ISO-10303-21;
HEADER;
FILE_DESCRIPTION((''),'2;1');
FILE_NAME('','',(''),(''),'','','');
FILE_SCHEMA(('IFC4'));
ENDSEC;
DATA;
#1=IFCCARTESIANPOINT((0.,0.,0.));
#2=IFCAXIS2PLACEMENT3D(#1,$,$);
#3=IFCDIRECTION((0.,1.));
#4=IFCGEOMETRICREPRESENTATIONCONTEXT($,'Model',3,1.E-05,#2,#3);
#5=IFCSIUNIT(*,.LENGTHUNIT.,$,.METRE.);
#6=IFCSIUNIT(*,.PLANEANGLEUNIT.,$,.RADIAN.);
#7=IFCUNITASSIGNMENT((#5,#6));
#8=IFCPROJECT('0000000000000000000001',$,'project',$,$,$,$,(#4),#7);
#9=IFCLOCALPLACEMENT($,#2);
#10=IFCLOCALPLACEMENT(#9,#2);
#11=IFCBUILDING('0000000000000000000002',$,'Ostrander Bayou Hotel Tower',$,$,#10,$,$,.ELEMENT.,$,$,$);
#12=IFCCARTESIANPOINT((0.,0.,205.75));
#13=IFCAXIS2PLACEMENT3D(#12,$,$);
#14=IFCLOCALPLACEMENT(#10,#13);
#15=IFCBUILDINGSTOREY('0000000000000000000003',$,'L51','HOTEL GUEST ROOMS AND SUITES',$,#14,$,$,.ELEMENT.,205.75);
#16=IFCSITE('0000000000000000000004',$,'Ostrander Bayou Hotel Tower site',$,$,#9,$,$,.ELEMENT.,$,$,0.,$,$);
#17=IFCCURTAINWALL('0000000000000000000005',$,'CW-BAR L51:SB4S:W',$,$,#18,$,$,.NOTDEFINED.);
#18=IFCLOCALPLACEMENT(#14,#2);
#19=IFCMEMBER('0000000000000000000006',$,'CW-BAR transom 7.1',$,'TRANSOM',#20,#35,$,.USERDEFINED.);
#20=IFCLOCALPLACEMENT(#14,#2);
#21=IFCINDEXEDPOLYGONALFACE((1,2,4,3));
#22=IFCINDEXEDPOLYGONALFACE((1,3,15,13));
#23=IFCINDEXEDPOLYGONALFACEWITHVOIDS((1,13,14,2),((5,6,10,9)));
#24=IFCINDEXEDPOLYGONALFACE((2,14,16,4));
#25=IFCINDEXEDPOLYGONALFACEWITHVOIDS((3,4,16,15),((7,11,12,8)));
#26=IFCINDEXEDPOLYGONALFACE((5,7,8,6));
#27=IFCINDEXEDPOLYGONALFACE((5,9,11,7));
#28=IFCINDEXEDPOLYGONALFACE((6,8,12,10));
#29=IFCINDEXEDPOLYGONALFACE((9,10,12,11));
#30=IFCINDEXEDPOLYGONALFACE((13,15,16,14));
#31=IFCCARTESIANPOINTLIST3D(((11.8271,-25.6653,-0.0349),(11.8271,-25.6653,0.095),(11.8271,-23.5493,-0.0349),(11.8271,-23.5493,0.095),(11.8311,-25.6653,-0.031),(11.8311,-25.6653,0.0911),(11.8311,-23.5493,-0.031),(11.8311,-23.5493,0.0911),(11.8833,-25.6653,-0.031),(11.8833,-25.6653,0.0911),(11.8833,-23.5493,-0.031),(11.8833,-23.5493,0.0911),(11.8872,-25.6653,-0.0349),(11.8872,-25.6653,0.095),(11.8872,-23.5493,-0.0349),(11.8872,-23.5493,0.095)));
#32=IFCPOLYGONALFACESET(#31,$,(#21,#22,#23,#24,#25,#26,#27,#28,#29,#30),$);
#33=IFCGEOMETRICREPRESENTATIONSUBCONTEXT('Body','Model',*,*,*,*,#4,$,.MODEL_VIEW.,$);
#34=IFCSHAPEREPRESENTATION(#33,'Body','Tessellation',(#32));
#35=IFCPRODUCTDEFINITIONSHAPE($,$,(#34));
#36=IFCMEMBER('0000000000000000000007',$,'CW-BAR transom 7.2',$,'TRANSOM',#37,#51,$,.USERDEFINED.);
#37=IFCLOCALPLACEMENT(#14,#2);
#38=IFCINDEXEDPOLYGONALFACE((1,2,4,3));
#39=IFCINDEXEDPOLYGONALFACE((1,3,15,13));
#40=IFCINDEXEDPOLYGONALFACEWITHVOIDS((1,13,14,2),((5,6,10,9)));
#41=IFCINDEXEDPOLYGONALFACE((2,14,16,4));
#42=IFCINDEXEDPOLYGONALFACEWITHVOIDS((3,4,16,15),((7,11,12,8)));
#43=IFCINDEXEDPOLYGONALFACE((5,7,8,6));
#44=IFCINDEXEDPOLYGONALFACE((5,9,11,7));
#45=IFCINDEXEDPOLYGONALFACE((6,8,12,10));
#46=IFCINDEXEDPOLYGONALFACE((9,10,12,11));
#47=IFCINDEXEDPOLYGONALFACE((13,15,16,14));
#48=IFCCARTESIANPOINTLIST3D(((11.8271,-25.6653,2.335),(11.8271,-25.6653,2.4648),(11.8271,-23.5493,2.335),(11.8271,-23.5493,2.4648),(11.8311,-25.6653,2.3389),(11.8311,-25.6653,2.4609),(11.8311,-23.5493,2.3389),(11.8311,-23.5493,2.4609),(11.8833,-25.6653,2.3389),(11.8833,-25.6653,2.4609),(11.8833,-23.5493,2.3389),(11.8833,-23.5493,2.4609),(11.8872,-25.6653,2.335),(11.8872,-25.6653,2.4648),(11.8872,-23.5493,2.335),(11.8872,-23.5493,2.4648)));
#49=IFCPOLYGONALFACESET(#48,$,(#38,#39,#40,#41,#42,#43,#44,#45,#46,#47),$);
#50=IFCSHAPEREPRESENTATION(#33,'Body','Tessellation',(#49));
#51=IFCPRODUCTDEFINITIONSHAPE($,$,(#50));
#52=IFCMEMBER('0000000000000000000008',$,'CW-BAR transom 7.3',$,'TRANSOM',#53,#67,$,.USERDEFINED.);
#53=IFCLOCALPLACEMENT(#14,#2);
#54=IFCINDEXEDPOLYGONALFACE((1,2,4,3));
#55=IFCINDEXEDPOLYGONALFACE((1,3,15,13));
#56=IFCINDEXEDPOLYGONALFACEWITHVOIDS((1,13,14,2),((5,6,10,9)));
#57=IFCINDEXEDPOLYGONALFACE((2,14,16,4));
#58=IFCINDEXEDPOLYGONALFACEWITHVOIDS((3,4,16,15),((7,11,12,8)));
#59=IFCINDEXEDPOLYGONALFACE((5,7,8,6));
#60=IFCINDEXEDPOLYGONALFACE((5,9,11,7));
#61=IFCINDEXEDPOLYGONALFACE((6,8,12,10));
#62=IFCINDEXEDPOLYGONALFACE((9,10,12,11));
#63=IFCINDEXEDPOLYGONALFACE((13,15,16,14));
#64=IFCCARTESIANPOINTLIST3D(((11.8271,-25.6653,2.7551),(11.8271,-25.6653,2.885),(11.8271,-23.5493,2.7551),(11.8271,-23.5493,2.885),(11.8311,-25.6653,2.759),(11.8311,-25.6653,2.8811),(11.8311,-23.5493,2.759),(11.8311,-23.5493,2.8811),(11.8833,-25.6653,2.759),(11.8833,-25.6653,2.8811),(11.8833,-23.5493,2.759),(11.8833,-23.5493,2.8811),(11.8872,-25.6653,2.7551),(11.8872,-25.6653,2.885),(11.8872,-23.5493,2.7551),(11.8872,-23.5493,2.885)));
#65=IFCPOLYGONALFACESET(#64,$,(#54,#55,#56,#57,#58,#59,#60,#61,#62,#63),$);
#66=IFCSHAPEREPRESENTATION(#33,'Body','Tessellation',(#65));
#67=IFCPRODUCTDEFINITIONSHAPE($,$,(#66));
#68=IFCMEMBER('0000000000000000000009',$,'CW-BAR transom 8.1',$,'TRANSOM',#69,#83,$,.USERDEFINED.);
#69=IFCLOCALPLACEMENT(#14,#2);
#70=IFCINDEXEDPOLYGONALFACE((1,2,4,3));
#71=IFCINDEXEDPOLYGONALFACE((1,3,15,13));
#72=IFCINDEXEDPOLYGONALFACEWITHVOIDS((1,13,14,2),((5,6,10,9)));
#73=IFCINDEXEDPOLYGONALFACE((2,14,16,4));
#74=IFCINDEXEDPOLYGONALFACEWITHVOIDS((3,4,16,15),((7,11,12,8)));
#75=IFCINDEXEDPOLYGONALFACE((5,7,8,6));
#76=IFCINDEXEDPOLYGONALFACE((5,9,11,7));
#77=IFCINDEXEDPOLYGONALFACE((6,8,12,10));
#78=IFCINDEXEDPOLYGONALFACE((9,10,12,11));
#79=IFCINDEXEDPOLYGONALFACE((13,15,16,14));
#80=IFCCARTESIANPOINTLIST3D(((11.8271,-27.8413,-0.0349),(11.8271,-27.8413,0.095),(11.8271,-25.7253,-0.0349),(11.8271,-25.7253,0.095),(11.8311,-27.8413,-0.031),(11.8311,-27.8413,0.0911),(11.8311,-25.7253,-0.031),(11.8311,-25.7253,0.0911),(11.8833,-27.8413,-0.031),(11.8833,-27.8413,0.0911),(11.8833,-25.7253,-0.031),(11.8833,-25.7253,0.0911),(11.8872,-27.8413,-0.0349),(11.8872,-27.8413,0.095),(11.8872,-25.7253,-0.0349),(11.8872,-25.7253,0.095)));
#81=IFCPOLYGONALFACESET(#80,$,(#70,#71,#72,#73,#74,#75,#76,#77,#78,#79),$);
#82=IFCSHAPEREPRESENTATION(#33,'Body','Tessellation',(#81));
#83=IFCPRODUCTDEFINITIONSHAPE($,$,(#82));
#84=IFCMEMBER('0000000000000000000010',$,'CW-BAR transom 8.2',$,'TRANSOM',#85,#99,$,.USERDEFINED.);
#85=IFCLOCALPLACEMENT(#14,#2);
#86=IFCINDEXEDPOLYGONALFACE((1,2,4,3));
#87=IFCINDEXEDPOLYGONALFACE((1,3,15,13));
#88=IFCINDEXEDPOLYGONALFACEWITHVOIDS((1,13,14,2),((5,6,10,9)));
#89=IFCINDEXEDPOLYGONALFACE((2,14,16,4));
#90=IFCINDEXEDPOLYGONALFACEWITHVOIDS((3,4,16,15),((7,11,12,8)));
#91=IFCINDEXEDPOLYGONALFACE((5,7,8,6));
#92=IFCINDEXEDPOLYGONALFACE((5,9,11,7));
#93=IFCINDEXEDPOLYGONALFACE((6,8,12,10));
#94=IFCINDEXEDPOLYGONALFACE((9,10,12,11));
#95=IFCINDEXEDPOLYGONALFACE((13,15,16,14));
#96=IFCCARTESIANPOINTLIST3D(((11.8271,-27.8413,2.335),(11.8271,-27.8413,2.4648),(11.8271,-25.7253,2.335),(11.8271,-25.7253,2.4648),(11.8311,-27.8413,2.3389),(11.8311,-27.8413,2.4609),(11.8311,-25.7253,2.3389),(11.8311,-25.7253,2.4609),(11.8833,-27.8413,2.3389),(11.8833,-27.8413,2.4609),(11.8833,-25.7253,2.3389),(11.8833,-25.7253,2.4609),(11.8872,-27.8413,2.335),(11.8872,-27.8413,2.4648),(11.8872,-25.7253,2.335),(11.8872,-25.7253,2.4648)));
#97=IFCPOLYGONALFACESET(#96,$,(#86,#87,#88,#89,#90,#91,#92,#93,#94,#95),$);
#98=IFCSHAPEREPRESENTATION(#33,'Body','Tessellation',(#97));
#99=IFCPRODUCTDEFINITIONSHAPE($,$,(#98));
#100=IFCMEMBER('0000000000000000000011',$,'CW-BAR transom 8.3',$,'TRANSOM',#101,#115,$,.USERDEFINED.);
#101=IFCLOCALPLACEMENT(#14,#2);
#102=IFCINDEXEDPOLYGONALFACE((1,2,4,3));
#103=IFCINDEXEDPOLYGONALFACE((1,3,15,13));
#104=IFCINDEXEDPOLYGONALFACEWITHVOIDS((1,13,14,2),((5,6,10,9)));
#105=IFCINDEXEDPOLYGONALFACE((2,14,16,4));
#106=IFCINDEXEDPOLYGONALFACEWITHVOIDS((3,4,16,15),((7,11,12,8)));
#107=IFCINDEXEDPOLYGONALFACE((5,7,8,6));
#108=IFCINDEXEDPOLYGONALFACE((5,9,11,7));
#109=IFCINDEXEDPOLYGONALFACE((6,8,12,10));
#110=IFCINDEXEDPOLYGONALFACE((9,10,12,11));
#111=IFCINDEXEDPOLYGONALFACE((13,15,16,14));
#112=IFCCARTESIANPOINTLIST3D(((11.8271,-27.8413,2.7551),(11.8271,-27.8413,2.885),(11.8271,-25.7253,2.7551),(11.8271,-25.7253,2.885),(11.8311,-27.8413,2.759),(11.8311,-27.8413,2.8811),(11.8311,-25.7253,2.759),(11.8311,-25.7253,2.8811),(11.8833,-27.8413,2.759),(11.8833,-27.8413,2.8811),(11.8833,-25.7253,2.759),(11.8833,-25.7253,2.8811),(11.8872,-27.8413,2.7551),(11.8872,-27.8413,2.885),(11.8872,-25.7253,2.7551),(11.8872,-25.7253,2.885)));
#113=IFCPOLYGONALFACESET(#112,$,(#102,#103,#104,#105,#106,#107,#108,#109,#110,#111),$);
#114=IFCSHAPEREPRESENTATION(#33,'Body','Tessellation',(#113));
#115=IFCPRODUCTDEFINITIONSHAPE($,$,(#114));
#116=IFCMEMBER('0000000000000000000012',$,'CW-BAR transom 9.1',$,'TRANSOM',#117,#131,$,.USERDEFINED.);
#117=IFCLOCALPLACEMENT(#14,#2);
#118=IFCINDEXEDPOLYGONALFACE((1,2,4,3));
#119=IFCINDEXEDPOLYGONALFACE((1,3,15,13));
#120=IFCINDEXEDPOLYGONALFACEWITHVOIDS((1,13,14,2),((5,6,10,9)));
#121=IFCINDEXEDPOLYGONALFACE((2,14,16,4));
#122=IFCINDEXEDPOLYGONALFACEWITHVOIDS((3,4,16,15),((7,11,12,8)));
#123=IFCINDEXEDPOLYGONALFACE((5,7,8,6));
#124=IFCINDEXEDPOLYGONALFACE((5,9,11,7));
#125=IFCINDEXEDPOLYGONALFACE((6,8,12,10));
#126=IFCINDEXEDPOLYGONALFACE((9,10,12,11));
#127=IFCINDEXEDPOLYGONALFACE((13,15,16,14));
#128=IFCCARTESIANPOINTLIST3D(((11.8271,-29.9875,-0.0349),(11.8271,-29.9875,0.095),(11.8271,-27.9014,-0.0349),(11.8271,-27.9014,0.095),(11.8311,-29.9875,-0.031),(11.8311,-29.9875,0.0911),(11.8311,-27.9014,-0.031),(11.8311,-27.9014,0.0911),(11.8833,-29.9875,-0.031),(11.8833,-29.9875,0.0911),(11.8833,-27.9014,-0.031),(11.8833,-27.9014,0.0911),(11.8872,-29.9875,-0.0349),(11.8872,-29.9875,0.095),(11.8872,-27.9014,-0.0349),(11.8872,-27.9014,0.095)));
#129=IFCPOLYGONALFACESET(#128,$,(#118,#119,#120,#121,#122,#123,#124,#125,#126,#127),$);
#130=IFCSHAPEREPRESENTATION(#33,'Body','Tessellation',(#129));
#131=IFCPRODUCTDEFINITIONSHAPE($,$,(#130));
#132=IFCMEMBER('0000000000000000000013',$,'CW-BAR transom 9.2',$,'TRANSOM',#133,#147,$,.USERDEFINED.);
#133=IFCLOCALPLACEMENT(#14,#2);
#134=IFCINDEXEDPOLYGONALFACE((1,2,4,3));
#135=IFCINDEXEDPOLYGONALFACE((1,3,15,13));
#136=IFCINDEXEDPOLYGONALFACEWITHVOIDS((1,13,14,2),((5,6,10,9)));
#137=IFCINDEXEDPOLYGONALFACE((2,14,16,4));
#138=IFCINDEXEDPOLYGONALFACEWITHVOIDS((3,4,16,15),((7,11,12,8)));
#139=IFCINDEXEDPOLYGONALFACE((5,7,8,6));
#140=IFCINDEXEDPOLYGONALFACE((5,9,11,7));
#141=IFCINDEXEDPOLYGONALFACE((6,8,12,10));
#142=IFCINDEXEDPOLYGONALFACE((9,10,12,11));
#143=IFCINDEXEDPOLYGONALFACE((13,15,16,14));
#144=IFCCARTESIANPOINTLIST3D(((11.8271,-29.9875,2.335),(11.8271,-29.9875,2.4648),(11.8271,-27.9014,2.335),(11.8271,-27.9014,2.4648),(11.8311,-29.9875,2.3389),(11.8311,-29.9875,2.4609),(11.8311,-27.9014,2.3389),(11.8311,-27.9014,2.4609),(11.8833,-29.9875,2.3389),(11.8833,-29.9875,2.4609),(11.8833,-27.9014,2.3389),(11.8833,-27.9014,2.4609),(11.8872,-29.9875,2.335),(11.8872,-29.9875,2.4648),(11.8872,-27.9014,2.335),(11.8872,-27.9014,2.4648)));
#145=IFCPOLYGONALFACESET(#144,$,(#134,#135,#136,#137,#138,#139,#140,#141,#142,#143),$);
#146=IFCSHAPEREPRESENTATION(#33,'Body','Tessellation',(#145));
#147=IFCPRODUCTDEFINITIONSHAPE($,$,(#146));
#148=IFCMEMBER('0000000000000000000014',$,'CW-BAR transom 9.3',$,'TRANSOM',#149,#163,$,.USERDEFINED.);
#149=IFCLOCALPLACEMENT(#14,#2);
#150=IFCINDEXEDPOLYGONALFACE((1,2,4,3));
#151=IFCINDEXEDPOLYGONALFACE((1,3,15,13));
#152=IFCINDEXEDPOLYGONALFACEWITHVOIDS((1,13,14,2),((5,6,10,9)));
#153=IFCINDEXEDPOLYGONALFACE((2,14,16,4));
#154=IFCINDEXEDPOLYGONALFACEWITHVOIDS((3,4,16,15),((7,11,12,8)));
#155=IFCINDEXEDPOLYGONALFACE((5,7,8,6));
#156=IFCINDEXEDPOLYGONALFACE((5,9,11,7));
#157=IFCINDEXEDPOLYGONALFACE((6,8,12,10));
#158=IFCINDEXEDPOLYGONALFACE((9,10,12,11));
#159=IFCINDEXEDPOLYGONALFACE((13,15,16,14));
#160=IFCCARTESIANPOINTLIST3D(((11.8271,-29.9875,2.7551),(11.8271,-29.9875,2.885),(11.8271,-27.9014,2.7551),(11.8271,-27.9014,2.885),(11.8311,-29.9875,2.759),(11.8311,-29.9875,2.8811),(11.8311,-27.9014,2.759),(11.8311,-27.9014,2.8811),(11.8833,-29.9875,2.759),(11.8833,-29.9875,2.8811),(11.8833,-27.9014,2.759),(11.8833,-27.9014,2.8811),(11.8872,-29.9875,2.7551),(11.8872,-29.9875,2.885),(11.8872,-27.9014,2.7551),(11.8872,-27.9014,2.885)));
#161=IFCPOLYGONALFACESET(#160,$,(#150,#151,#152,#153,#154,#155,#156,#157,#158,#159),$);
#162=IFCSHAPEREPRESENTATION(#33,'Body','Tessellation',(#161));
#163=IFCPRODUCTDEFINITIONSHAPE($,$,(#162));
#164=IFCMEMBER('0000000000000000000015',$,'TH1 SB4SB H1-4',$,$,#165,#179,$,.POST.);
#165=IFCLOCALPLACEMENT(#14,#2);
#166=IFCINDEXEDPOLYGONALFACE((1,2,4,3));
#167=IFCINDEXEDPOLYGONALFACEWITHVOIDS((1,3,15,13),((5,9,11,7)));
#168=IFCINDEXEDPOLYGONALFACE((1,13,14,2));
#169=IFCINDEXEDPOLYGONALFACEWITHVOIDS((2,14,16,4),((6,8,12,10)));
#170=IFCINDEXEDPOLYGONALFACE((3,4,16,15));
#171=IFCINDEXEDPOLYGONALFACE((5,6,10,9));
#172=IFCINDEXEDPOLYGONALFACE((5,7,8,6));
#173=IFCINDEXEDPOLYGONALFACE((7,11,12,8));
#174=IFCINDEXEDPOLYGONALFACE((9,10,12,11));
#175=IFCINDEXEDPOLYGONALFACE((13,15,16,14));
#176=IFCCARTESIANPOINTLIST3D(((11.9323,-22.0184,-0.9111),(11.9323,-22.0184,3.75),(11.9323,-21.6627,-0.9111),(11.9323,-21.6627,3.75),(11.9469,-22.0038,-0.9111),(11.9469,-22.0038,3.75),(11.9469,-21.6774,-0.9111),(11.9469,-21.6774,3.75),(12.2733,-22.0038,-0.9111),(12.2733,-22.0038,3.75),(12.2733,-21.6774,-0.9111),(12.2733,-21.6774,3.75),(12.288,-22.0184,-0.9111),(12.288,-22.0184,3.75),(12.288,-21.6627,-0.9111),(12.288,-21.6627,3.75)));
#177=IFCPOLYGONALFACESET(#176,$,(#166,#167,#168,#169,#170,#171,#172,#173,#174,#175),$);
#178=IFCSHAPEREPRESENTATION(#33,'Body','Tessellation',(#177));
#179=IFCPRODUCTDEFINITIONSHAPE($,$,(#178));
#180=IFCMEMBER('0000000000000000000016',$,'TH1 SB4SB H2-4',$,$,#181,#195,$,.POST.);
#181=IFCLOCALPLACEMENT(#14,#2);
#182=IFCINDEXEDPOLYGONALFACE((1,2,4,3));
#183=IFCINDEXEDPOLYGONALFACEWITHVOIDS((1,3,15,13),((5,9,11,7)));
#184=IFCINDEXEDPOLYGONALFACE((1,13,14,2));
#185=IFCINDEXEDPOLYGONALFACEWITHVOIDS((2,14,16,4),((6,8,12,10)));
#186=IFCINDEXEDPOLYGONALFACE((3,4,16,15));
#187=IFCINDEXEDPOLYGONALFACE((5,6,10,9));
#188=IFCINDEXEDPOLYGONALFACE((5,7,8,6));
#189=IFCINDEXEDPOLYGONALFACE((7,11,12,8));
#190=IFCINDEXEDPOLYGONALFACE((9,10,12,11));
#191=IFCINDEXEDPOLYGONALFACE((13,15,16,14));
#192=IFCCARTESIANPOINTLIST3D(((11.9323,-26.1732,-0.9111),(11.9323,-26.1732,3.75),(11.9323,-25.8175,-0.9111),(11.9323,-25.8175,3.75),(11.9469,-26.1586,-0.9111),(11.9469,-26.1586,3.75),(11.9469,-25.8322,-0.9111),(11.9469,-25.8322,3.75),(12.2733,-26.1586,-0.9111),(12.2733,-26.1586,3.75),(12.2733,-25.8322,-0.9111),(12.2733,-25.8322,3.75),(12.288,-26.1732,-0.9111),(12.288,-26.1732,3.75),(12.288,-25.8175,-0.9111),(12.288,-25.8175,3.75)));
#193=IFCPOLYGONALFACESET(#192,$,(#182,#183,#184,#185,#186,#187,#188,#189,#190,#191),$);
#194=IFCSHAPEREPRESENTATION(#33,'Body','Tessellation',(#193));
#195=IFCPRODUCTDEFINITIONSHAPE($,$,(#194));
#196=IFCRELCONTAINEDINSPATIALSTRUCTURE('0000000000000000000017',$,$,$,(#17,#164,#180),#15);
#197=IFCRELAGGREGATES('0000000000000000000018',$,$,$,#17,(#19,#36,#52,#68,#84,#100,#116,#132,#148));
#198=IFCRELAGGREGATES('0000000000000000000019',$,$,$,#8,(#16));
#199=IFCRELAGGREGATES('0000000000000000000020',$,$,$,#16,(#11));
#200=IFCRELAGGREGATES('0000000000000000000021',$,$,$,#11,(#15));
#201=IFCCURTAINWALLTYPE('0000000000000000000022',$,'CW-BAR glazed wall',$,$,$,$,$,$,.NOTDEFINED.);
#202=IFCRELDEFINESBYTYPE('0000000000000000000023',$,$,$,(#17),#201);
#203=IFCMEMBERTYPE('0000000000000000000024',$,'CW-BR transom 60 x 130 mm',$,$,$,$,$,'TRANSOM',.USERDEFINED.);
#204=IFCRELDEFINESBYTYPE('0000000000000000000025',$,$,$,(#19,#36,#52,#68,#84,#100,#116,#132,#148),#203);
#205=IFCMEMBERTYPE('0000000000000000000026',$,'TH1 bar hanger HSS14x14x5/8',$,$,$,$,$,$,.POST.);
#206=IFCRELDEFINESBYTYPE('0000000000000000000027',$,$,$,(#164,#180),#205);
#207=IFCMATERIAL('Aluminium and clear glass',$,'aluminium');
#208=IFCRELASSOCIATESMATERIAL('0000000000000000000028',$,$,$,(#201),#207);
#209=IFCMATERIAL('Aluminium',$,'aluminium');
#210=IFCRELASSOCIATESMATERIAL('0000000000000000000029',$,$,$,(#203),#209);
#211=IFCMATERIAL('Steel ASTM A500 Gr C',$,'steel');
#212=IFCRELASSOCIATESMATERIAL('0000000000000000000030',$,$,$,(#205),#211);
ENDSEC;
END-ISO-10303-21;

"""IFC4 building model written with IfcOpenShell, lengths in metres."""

from ifc_helpers import new_model, si_unit, direction, frame, origin, origin_2d, place, context, subcontext, project, spatial, hollow_rectangle, extrude, material, material_profile, profile_set, type_object, element, aggregate, save


model = new_model("IFC4")

# Units and contexts
model_context = context("Model", 3, precision=1e-05, world=origin(), true_north=direction((0.0, 1.0)))
body_context = subcontext(model_context, "Body", "Model", "MODEL_VIEW")
ifc_project = project(units=[si_unit("LENGTHUNIT", "METRE"), si_unit("PLANEANGLEUNIT", "RADIAN")], contexts=[model_context])

# Site, building, storey
site_placement = place(None, origin())
site = spatial("IfcSite", under=ifc_project, at=site_placement, Name="Ostrander Bayou Hotel Tower site", CompositionType="ELEMENT", RefElevation=0.0)
building_placement = place(site_placement, origin())
building = spatial("IfcBuilding", under=site, at=building_placement, Name="Ostrander Bayou Hotel Tower", CompositionType="ELEMENT")
storey_placement = place(building_placement, frame((0.0, 0.0, 205.75)))
storey = spatial("IfcBuildingStorey", under=building, at=storey_placement, Name="L51", Description="HOTEL GUEST ROOMS AND SUITES", CompositionType="ELEMENT", Elevation=205.75)

# Shared definitions
ifc_material_1 = material(Name="Aluminium and clear glass", Category="aluminium")
curtain_wall_type = type_object("IfcCurtainWallType", Name="CW-BAR glazed wall", PredefinedType="NOTDEFINED", material=ifc_material_1)

# Curtain wall, members
curtain_wall_1_placement = place(storey_placement, origin())
curtain_wall_1 = element("IfcCurtainWall", 1, at=curtain_wall_1_placement, inside=storey, type_object=curtain_wall_type, Name="CW-BAR L51:SB4S:W", PredefinedType="NOTDEFINED")
ifc_material_2 = material(Name="Aluminium", Category="aluminium")
ifc_material_profile_1 = material_profile(ifc_material_2, hollow_rectangle(XDim=0.0601, YDim=0.1299, WallThickness=0.0039, at=origin_2d()))
ifc_profile_set_1 = profile_set([ifc_material_profile_1], Name="Aluminium")
member_type_1 = type_object("IfcMemberType", Name="CW-BR transom 60 x 130 mm", ElementType="TRANSOM", PredefinedType="USERDEFINED", material=ifc_profile_set_1)
member_1_placement = place(storey_placement, frame((11.8572, -23.5493, 0.03), z_axis=(0.0, -1.0, 0.0), x_axis=(1.0, 0.0, 0.0)))
member_1 = element("IfcMember", 2, at=member_1_placement, type_object=member_type_1, Name="CW-BAR transom 7.1", ObjectType="TRANSOM", PredefinedType="USERDEFINED", context=body_context, shape_type="SweptSolid", body=[
    extrude(hollow_rectangle(XDim=0.0601, YDim=0.1299, WallThickness=0.0039, at=origin_2d()), origin(), (0.0, 0.0, 1.0), 2.116),
])
member_2_placement = place(storey_placement, frame((11.8572, -23.5493, 2.3999), z_axis=(0.0, -1.0, 0.0), x_axis=(1.0, 0.0, 0.0)))
member_2 = element("IfcMember", 3, at=member_2_placement, type_object=member_type_1, Name="CW-BAR transom 7.2", ObjectType="TRANSOM", PredefinedType="USERDEFINED", context=body_context, shape_type="SweptSolid", body=[
    extrude(hollow_rectangle(XDim=0.0601, YDim=0.1299, WallThickness=0.0039, at=origin_2d()), origin(), (0.0, 0.0, 1.0), 2.116),
])
member_3_placement = place(storey_placement, frame((11.8572, -23.5493, 2.8201), z_axis=(0.0, -1.0, 0.0), x_axis=(1.0, 0.0, 0.0)))
member_3 = element("IfcMember", 4, at=member_3_placement, type_object=member_type_1, Name="CW-BAR transom 7.3", ObjectType="TRANSOM", PredefinedType="USERDEFINED", context=body_context, shape_type="SweptSolid", body=[
    extrude(hollow_rectangle(XDim=0.0601, YDim=0.1299, WallThickness=0.0039, at=origin_2d()), origin(), (0.0, 0.0, 1.0), 2.116),
])
member_4_placement = place(storey_placement, frame((11.8572, -25.7253, 0.03), z_axis=(0.0, -1.0, 0.0), x_axis=(1.0, 0.0, 0.0)))
member_4 = element("IfcMember", 5, at=member_4_placement, type_object=member_type_1, Name="CW-BAR transom 8.1", ObjectType="TRANSOM", PredefinedType="USERDEFINED", context=body_context, shape_type="SweptSolid", body=[
    extrude(hollow_rectangle(XDim=0.0601, YDim=0.1299, WallThickness=0.0039, at=origin_2d()), origin(), (0.0, 0.0, 1.0), 2.116),
])
member_5_placement = place(storey_placement, frame((11.8572, -25.7253, 2.3999), z_axis=(0.0, -1.0, 0.0), x_axis=(1.0, 0.0, 0.0)))
member_5 = element("IfcMember", 6, at=member_5_placement, type_object=member_type_1, Name="CW-BAR transom 8.2", ObjectType="TRANSOM", PredefinedType="USERDEFINED", context=body_context, shape_type="SweptSolid", body=[
    extrude(hollow_rectangle(XDim=0.0601, YDim=0.1299, WallThickness=0.0039, at=origin_2d()), origin(), (0.0, 0.0, 1.0), 2.116),
])
member_6_placement = place(storey_placement, frame((11.8572, -25.7253, 2.8201), z_axis=(0.0, -1.0, 0.0), x_axis=(1.0, 0.0, 0.0)))
member_6 = element("IfcMember", 7, at=member_6_placement, type_object=member_type_1, Name="CW-BAR transom 8.3", ObjectType="TRANSOM", PredefinedType="USERDEFINED", context=body_context, shape_type="SweptSolid", body=[
    extrude(hollow_rectangle(XDim=0.0601, YDim=0.1299, WallThickness=0.0039, at=origin_2d()), origin(), (0.0, 0.0, 1.0), 2.116),
])
member_7_placement = place(storey_placement, frame((11.8572, -27.9014, 0.03), z_axis=(0.0, -1.0, 0.0), x_axis=(1.0, 0.0, 0.0)))
member_7 = element("IfcMember", 8, at=member_7_placement, type_object=member_type_1, Name="CW-BAR transom 9.1", ObjectType="TRANSOM", PredefinedType="USERDEFINED", context=body_context, shape_type="SweptSolid", body=[
    extrude(hollow_rectangle(XDim=0.0601, YDim=0.1299, WallThickness=0.0039, at=origin_2d()), origin(), (0.0, 0.0, 1.0), 2.0862),
])
member_8_placement = place(storey_placement, frame((11.8572, -27.9014, 2.3999), z_axis=(0.0, -1.0, 0.0), x_axis=(1.0, 0.0, 0.0)))
member_8 = element("IfcMember", 9, at=member_8_placement, type_object=member_type_1, Name="CW-BAR transom 9.2", ObjectType="TRANSOM", PredefinedType="USERDEFINED", context=body_context, shape_type="SweptSolid", body=[
    extrude(hollow_rectangle(XDim=0.0601, YDim=0.1299, WallThickness=0.0039, at=origin_2d()), origin(), (0.0, 0.0, 1.0), 2.0862),
])
member_9_placement = place(storey_placement, frame((11.8572, -27.9014, 2.8201), z_axis=(0.0, -1.0, 0.0), x_axis=(1.0, 0.0, 0.0)))
member_9 = element("IfcMember", 10, at=member_9_placement, type_object=member_type_1, Name="CW-BAR transom 9.3", ObjectType="TRANSOM", PredefinedType="USERDEFINED", context=body_context, shape_type="SweptSolid", body=[
    extrude(hollow_rectangle(XDim=0.0601, YDim=0.1299, WallThickness=0.0039, at=origin_2d()), origin(), (0.0, 0.0, 1.0), 2.0862),
])

# Members
ifc_material_3 = material(Name="Steel ASTM A500 Gr C", Category="steel")
ifc_material_profile_2 = material_profile(ifc_material_3, hollow_rectangle(XDim=0.3557, YDim=0.3557, WallThickness=0.0146, at=origin_2d()))
ifc_profile_set_2 = profile_set([ifc_material_profile_2], Name="Steel ASTM A500 Gr C")
member_type_2 = type_object("IfcMemberType", Name="TH1 bar hanger HSS14x14x5/8", PredefinedType="POST", material=ifc_profile_set_2)
for number, where, z_axis, x_axis, name in (
    (11, (12.1101, -21.8406, -0.9111), (0.0, 0.0, 1.0), (1.0, 0.0, 0.0), "TH1 SB4SB H1-4"),
    (12, (12.1101, -25.9954, -0.9111), (0.0, 0.0, 1.0), (1.0, 0.0, 0.0), "TH1 SB4SB H2-4"),
):
    element("IfcMember", number, at=place(storey_placement, frame(where, z_axis=z_axis, x_axis=x_axis)), inside=storey, type_object=member_type_2, Name=name, PredefinedType="POST", context=body_context, shape_type="SweptSolid", body=[
        extrude(hollow_rectangle(XDim=0.3557, YDim=0.3557, WallThickness=0.0146, at=origin_2d()), origin(), (0.0, 0.0, 1.0), 4.6611),
    ])

aggregate(curtain_wall_1, [member_1, member_2, member_3, member_4, member_5, member_6, member_7, member_8, member_9])

save(model, "model.ifc")
